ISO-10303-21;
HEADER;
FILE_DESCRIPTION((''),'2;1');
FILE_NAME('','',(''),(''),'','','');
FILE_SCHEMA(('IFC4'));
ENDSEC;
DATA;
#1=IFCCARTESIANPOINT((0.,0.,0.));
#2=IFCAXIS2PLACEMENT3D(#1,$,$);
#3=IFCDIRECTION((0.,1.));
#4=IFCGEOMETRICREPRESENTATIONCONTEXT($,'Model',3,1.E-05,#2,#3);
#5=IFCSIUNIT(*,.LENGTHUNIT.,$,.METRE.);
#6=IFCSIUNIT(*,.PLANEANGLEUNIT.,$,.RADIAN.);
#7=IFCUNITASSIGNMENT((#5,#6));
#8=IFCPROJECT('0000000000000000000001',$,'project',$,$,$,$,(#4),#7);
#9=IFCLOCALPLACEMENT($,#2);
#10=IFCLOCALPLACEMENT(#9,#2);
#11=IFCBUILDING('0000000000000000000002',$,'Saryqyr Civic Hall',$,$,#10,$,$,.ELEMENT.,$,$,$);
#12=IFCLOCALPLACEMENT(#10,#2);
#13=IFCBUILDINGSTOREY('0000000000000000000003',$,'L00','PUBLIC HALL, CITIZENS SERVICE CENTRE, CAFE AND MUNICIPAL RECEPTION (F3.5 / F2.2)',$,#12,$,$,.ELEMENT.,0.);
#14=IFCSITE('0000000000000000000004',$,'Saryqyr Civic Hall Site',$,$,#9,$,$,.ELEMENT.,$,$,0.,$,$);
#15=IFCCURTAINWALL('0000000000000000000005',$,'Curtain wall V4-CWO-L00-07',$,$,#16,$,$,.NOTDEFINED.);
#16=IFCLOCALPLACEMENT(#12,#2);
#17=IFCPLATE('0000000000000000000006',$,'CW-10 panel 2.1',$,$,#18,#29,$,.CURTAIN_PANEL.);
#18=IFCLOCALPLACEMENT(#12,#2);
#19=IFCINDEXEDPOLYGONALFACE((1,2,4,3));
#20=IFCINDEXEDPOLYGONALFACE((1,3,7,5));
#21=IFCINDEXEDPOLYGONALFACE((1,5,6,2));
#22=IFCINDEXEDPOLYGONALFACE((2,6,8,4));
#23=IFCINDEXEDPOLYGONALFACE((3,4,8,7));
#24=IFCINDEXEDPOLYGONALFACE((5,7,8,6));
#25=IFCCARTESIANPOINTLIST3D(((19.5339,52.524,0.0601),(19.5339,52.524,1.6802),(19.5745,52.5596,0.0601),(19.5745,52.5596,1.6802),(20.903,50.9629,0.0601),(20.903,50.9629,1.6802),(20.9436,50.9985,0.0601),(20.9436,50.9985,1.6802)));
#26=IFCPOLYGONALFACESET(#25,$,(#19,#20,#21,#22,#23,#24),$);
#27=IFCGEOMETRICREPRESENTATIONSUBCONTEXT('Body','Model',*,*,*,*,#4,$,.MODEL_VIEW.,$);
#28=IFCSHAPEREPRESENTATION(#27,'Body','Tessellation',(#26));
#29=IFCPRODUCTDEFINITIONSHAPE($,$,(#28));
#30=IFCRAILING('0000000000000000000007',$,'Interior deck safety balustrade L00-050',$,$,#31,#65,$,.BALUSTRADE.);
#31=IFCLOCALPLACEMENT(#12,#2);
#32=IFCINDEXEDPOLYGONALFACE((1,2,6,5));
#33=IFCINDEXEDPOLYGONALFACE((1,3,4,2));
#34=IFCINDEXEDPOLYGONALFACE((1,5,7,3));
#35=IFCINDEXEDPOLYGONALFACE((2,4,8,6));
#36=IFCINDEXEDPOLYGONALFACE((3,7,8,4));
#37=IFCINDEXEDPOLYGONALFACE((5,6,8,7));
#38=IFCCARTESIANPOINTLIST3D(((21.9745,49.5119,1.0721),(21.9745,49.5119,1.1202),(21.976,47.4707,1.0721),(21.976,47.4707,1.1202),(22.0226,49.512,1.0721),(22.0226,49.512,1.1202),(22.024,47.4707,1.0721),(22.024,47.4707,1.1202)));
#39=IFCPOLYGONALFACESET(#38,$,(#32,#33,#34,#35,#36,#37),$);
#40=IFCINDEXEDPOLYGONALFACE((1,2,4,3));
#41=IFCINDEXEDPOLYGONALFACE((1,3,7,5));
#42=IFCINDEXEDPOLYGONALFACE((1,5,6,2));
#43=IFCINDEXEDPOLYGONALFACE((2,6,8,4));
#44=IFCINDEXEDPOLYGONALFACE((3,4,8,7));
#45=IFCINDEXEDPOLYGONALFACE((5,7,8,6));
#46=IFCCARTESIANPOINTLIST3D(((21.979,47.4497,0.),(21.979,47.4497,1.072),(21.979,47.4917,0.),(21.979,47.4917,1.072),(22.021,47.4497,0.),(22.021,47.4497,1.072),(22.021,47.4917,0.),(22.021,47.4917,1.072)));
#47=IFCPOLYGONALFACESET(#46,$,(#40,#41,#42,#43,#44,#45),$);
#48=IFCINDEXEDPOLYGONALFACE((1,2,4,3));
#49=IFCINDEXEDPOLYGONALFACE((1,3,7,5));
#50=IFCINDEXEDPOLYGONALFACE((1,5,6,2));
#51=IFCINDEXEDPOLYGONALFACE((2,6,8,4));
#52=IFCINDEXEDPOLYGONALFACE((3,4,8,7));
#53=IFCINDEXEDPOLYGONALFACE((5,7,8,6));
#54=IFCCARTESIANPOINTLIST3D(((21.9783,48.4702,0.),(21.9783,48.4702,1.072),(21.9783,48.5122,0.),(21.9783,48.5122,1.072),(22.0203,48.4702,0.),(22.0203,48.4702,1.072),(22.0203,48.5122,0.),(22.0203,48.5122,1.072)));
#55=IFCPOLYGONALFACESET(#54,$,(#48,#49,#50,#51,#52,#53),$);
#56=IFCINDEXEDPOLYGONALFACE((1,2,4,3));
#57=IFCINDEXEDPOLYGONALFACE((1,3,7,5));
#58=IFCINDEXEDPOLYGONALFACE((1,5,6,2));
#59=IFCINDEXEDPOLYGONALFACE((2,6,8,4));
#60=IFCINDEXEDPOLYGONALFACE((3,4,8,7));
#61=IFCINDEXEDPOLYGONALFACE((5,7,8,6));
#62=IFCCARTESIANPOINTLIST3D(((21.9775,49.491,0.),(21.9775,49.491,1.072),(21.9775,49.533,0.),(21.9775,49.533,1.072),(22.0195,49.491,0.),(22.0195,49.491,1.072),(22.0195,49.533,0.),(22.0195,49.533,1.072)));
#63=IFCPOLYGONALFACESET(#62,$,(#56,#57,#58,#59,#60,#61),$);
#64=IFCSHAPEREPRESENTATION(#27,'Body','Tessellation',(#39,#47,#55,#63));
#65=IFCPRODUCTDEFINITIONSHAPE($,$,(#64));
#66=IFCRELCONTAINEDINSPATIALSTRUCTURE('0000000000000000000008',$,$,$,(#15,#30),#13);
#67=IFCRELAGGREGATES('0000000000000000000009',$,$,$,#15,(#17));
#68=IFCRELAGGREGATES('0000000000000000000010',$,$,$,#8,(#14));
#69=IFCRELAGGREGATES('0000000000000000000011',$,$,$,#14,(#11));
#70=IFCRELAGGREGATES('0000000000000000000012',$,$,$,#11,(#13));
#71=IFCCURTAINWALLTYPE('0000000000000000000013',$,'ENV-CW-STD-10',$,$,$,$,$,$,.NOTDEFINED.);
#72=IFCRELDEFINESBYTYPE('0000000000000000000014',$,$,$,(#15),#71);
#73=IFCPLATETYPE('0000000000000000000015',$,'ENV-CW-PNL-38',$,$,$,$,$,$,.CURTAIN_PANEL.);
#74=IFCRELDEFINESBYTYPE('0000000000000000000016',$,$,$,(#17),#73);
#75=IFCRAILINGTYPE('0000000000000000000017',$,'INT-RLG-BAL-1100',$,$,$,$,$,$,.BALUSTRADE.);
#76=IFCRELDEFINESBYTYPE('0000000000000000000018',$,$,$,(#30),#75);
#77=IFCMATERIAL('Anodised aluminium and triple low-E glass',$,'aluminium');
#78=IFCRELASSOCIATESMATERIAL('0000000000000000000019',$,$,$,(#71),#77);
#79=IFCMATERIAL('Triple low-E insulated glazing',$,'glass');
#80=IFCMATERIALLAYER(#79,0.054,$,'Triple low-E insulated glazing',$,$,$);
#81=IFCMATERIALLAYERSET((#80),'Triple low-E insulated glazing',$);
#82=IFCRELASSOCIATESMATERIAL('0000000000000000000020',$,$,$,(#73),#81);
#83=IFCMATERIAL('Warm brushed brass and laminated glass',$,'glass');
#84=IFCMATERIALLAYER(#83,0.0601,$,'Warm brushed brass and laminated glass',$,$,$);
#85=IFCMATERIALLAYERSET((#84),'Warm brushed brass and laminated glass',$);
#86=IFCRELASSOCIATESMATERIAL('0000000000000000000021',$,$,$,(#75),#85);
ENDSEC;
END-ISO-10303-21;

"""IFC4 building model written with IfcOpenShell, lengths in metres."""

from ifc_helpers import new_model, si_unit, direction, frame, origin, origin_2d, place, context, subcontext, project, spatial, rectangle, extrude, material, layer, layer_set, type_object, element, aggregate, save


model = new_model("IFC4")

# Units and contexts
model_context = context("Model", 3, precision=1e-05, world=origin(), true_north=direction((0.0, 1.0)))
body_context = subcontext(model_context, "Body", "Model", "MODEL_VIEW")
ifc_project = project(units=[si_unit("LENGTHUNIT", "METRE"), si_unit("PLANEANGLEUNIT", "RADIAN")], contexts=[model_context])

# Site, building, storey
site_placement = place(None, origin())
site = spatial("IfcSite", under=ifc_project, at=site_placement, Name="Saryqyr Civic Hall Site", CompositionType="ELEMENT", RefElevation=0.0)
building_placement = place(site_placement, origin())
building = spatial("IfcBuilding", under=site, at=building_placement, Name="Saryqyr Civic Hall", CompositionType="ELEMENT")
storey_placement = place(building_placement, origin())
storey = spatial("IfcBuildingStorey", under=building, at=storey_placement, Name="L00", Description="PUBLIC HALL, CITIZENS SERVICE CENTRE, CAFE AND MUNICIPAL RECEPTION (F3.5 / F2.2)", CompositionType="ELEMENT", Elevation=0.0)

# Curtain wall
ifc_material_1 = material(Name="Anodised aluminium and triple low-E glass", Category="aluminium")
curtain_wall_type = type_object("IfcCurtainWallType", Name="ENV-CW-STD-10", PredefinedType="NOTDEFINED", material=ifc_material_1)
curtain_wall_placement = place(storey_placement, origin())
curtain_wall = element("IfcCurtainWall", 1, at=curtain_wall_placement, inside=storey, type_object=curtain_wall_type, Name="Curtain wall V4-CWO-L00-07", PredefinedType="NOTDEFINED")

# Plate
ifc_material_2 = material(Name="Triple low-E insulated glazing", Category="glass")
ifc_layer_1 = layer(ifc_material_2, 0.054, Name="Triple low-E insulated glazing")
ifc_layer_set_1 = layer_set([ifc_layer_1], Name="Triple low-E insulated glazing")
plate_type = type_object("IfcPlateType", Name="ENV-CW-PNL-38", PredefinedType="CURTAIN_PANEL", material=ifc_layer_set_1)
plate_1_placement = place(storey_placement, frame((20.2388, 51.7612, 0.0601), z_axis=(0.0, 0.0, 1.0), x_axis=(-0.659349, 0.751837, 0.0)))
plate_1 = element("IfcPlate", 2, at=plate_1_placement, type_object=plate_type, Name="CW-10 panel 2.1", PredefinedType="CURTAIN_PANEL", context=body_context, shape_type="SweptSolid", body=[
    extrude(rectangle(XDim=2.0764, YDim=0.054, at=origin_2d()), origin(), (0.0, 0.0, 1.0), 1.6201),
])
aggregate(curtain_wall, [plate_1])

# Railing
ifc_material_3 = material(Name="Warm brushed brass and laminated glass", Category="glass")
ifc_layer_2 = layer(ifc_material_3, 0.0601, Name="Warm brushed brass and laminated glass")
ifc_layer_set_2 = layer_set([ifc_layer_2], Name="Warm brushed brass and laminated glass")
railing_type = type_object("IfcRailingType", Name="INT-RLG-BAL-1100", PredefinedType="BALUSTRADE", material=ifc_layer_set_2)
railing_1_placement = place(storey_placement, frame((22.0, 47.4707, 0.0)))
element("IfcRailing", 3, at=railing_1_placement, inside=storey, type_object=railing_type, Name="Interior deck safety balustrade L00-050", PredefinedType="BALUSTRADE", context=body_context, shape_type="SweptSolid", body=[
    extrude(rectangle(XDim=0.0481, YDim=0.0481, at=origin_2d()), frame((0.0, 0.0, 1.0962), z_axis=(-0.000718, 1.0, 0.0), x_axis=(-1.0, -0.000718, 0.0)), (0.0, 0.0, 1.0), 2.0413),
    extrude(rectangle(XDim=0.042, YDim=0.042, at=origin_2d()), origin(), (0.0, 0.0, 1.0), 1.072),
    extrude(rectangle(XDim=0.042, YDim=0.042, at=origin_2d()), frame((-0.0007, 1.0205, 0.0)), (0.0, 0.0, 1.0), 1.072),
    extrude(rectangle(XDim=0.042, YDim=0.042, at=origin_2d()), frame((-0.0015, 2.0413, 0.0)), (0.0, 0.0, 1.0), 1.072),
])

save(model, "model.ifc")
